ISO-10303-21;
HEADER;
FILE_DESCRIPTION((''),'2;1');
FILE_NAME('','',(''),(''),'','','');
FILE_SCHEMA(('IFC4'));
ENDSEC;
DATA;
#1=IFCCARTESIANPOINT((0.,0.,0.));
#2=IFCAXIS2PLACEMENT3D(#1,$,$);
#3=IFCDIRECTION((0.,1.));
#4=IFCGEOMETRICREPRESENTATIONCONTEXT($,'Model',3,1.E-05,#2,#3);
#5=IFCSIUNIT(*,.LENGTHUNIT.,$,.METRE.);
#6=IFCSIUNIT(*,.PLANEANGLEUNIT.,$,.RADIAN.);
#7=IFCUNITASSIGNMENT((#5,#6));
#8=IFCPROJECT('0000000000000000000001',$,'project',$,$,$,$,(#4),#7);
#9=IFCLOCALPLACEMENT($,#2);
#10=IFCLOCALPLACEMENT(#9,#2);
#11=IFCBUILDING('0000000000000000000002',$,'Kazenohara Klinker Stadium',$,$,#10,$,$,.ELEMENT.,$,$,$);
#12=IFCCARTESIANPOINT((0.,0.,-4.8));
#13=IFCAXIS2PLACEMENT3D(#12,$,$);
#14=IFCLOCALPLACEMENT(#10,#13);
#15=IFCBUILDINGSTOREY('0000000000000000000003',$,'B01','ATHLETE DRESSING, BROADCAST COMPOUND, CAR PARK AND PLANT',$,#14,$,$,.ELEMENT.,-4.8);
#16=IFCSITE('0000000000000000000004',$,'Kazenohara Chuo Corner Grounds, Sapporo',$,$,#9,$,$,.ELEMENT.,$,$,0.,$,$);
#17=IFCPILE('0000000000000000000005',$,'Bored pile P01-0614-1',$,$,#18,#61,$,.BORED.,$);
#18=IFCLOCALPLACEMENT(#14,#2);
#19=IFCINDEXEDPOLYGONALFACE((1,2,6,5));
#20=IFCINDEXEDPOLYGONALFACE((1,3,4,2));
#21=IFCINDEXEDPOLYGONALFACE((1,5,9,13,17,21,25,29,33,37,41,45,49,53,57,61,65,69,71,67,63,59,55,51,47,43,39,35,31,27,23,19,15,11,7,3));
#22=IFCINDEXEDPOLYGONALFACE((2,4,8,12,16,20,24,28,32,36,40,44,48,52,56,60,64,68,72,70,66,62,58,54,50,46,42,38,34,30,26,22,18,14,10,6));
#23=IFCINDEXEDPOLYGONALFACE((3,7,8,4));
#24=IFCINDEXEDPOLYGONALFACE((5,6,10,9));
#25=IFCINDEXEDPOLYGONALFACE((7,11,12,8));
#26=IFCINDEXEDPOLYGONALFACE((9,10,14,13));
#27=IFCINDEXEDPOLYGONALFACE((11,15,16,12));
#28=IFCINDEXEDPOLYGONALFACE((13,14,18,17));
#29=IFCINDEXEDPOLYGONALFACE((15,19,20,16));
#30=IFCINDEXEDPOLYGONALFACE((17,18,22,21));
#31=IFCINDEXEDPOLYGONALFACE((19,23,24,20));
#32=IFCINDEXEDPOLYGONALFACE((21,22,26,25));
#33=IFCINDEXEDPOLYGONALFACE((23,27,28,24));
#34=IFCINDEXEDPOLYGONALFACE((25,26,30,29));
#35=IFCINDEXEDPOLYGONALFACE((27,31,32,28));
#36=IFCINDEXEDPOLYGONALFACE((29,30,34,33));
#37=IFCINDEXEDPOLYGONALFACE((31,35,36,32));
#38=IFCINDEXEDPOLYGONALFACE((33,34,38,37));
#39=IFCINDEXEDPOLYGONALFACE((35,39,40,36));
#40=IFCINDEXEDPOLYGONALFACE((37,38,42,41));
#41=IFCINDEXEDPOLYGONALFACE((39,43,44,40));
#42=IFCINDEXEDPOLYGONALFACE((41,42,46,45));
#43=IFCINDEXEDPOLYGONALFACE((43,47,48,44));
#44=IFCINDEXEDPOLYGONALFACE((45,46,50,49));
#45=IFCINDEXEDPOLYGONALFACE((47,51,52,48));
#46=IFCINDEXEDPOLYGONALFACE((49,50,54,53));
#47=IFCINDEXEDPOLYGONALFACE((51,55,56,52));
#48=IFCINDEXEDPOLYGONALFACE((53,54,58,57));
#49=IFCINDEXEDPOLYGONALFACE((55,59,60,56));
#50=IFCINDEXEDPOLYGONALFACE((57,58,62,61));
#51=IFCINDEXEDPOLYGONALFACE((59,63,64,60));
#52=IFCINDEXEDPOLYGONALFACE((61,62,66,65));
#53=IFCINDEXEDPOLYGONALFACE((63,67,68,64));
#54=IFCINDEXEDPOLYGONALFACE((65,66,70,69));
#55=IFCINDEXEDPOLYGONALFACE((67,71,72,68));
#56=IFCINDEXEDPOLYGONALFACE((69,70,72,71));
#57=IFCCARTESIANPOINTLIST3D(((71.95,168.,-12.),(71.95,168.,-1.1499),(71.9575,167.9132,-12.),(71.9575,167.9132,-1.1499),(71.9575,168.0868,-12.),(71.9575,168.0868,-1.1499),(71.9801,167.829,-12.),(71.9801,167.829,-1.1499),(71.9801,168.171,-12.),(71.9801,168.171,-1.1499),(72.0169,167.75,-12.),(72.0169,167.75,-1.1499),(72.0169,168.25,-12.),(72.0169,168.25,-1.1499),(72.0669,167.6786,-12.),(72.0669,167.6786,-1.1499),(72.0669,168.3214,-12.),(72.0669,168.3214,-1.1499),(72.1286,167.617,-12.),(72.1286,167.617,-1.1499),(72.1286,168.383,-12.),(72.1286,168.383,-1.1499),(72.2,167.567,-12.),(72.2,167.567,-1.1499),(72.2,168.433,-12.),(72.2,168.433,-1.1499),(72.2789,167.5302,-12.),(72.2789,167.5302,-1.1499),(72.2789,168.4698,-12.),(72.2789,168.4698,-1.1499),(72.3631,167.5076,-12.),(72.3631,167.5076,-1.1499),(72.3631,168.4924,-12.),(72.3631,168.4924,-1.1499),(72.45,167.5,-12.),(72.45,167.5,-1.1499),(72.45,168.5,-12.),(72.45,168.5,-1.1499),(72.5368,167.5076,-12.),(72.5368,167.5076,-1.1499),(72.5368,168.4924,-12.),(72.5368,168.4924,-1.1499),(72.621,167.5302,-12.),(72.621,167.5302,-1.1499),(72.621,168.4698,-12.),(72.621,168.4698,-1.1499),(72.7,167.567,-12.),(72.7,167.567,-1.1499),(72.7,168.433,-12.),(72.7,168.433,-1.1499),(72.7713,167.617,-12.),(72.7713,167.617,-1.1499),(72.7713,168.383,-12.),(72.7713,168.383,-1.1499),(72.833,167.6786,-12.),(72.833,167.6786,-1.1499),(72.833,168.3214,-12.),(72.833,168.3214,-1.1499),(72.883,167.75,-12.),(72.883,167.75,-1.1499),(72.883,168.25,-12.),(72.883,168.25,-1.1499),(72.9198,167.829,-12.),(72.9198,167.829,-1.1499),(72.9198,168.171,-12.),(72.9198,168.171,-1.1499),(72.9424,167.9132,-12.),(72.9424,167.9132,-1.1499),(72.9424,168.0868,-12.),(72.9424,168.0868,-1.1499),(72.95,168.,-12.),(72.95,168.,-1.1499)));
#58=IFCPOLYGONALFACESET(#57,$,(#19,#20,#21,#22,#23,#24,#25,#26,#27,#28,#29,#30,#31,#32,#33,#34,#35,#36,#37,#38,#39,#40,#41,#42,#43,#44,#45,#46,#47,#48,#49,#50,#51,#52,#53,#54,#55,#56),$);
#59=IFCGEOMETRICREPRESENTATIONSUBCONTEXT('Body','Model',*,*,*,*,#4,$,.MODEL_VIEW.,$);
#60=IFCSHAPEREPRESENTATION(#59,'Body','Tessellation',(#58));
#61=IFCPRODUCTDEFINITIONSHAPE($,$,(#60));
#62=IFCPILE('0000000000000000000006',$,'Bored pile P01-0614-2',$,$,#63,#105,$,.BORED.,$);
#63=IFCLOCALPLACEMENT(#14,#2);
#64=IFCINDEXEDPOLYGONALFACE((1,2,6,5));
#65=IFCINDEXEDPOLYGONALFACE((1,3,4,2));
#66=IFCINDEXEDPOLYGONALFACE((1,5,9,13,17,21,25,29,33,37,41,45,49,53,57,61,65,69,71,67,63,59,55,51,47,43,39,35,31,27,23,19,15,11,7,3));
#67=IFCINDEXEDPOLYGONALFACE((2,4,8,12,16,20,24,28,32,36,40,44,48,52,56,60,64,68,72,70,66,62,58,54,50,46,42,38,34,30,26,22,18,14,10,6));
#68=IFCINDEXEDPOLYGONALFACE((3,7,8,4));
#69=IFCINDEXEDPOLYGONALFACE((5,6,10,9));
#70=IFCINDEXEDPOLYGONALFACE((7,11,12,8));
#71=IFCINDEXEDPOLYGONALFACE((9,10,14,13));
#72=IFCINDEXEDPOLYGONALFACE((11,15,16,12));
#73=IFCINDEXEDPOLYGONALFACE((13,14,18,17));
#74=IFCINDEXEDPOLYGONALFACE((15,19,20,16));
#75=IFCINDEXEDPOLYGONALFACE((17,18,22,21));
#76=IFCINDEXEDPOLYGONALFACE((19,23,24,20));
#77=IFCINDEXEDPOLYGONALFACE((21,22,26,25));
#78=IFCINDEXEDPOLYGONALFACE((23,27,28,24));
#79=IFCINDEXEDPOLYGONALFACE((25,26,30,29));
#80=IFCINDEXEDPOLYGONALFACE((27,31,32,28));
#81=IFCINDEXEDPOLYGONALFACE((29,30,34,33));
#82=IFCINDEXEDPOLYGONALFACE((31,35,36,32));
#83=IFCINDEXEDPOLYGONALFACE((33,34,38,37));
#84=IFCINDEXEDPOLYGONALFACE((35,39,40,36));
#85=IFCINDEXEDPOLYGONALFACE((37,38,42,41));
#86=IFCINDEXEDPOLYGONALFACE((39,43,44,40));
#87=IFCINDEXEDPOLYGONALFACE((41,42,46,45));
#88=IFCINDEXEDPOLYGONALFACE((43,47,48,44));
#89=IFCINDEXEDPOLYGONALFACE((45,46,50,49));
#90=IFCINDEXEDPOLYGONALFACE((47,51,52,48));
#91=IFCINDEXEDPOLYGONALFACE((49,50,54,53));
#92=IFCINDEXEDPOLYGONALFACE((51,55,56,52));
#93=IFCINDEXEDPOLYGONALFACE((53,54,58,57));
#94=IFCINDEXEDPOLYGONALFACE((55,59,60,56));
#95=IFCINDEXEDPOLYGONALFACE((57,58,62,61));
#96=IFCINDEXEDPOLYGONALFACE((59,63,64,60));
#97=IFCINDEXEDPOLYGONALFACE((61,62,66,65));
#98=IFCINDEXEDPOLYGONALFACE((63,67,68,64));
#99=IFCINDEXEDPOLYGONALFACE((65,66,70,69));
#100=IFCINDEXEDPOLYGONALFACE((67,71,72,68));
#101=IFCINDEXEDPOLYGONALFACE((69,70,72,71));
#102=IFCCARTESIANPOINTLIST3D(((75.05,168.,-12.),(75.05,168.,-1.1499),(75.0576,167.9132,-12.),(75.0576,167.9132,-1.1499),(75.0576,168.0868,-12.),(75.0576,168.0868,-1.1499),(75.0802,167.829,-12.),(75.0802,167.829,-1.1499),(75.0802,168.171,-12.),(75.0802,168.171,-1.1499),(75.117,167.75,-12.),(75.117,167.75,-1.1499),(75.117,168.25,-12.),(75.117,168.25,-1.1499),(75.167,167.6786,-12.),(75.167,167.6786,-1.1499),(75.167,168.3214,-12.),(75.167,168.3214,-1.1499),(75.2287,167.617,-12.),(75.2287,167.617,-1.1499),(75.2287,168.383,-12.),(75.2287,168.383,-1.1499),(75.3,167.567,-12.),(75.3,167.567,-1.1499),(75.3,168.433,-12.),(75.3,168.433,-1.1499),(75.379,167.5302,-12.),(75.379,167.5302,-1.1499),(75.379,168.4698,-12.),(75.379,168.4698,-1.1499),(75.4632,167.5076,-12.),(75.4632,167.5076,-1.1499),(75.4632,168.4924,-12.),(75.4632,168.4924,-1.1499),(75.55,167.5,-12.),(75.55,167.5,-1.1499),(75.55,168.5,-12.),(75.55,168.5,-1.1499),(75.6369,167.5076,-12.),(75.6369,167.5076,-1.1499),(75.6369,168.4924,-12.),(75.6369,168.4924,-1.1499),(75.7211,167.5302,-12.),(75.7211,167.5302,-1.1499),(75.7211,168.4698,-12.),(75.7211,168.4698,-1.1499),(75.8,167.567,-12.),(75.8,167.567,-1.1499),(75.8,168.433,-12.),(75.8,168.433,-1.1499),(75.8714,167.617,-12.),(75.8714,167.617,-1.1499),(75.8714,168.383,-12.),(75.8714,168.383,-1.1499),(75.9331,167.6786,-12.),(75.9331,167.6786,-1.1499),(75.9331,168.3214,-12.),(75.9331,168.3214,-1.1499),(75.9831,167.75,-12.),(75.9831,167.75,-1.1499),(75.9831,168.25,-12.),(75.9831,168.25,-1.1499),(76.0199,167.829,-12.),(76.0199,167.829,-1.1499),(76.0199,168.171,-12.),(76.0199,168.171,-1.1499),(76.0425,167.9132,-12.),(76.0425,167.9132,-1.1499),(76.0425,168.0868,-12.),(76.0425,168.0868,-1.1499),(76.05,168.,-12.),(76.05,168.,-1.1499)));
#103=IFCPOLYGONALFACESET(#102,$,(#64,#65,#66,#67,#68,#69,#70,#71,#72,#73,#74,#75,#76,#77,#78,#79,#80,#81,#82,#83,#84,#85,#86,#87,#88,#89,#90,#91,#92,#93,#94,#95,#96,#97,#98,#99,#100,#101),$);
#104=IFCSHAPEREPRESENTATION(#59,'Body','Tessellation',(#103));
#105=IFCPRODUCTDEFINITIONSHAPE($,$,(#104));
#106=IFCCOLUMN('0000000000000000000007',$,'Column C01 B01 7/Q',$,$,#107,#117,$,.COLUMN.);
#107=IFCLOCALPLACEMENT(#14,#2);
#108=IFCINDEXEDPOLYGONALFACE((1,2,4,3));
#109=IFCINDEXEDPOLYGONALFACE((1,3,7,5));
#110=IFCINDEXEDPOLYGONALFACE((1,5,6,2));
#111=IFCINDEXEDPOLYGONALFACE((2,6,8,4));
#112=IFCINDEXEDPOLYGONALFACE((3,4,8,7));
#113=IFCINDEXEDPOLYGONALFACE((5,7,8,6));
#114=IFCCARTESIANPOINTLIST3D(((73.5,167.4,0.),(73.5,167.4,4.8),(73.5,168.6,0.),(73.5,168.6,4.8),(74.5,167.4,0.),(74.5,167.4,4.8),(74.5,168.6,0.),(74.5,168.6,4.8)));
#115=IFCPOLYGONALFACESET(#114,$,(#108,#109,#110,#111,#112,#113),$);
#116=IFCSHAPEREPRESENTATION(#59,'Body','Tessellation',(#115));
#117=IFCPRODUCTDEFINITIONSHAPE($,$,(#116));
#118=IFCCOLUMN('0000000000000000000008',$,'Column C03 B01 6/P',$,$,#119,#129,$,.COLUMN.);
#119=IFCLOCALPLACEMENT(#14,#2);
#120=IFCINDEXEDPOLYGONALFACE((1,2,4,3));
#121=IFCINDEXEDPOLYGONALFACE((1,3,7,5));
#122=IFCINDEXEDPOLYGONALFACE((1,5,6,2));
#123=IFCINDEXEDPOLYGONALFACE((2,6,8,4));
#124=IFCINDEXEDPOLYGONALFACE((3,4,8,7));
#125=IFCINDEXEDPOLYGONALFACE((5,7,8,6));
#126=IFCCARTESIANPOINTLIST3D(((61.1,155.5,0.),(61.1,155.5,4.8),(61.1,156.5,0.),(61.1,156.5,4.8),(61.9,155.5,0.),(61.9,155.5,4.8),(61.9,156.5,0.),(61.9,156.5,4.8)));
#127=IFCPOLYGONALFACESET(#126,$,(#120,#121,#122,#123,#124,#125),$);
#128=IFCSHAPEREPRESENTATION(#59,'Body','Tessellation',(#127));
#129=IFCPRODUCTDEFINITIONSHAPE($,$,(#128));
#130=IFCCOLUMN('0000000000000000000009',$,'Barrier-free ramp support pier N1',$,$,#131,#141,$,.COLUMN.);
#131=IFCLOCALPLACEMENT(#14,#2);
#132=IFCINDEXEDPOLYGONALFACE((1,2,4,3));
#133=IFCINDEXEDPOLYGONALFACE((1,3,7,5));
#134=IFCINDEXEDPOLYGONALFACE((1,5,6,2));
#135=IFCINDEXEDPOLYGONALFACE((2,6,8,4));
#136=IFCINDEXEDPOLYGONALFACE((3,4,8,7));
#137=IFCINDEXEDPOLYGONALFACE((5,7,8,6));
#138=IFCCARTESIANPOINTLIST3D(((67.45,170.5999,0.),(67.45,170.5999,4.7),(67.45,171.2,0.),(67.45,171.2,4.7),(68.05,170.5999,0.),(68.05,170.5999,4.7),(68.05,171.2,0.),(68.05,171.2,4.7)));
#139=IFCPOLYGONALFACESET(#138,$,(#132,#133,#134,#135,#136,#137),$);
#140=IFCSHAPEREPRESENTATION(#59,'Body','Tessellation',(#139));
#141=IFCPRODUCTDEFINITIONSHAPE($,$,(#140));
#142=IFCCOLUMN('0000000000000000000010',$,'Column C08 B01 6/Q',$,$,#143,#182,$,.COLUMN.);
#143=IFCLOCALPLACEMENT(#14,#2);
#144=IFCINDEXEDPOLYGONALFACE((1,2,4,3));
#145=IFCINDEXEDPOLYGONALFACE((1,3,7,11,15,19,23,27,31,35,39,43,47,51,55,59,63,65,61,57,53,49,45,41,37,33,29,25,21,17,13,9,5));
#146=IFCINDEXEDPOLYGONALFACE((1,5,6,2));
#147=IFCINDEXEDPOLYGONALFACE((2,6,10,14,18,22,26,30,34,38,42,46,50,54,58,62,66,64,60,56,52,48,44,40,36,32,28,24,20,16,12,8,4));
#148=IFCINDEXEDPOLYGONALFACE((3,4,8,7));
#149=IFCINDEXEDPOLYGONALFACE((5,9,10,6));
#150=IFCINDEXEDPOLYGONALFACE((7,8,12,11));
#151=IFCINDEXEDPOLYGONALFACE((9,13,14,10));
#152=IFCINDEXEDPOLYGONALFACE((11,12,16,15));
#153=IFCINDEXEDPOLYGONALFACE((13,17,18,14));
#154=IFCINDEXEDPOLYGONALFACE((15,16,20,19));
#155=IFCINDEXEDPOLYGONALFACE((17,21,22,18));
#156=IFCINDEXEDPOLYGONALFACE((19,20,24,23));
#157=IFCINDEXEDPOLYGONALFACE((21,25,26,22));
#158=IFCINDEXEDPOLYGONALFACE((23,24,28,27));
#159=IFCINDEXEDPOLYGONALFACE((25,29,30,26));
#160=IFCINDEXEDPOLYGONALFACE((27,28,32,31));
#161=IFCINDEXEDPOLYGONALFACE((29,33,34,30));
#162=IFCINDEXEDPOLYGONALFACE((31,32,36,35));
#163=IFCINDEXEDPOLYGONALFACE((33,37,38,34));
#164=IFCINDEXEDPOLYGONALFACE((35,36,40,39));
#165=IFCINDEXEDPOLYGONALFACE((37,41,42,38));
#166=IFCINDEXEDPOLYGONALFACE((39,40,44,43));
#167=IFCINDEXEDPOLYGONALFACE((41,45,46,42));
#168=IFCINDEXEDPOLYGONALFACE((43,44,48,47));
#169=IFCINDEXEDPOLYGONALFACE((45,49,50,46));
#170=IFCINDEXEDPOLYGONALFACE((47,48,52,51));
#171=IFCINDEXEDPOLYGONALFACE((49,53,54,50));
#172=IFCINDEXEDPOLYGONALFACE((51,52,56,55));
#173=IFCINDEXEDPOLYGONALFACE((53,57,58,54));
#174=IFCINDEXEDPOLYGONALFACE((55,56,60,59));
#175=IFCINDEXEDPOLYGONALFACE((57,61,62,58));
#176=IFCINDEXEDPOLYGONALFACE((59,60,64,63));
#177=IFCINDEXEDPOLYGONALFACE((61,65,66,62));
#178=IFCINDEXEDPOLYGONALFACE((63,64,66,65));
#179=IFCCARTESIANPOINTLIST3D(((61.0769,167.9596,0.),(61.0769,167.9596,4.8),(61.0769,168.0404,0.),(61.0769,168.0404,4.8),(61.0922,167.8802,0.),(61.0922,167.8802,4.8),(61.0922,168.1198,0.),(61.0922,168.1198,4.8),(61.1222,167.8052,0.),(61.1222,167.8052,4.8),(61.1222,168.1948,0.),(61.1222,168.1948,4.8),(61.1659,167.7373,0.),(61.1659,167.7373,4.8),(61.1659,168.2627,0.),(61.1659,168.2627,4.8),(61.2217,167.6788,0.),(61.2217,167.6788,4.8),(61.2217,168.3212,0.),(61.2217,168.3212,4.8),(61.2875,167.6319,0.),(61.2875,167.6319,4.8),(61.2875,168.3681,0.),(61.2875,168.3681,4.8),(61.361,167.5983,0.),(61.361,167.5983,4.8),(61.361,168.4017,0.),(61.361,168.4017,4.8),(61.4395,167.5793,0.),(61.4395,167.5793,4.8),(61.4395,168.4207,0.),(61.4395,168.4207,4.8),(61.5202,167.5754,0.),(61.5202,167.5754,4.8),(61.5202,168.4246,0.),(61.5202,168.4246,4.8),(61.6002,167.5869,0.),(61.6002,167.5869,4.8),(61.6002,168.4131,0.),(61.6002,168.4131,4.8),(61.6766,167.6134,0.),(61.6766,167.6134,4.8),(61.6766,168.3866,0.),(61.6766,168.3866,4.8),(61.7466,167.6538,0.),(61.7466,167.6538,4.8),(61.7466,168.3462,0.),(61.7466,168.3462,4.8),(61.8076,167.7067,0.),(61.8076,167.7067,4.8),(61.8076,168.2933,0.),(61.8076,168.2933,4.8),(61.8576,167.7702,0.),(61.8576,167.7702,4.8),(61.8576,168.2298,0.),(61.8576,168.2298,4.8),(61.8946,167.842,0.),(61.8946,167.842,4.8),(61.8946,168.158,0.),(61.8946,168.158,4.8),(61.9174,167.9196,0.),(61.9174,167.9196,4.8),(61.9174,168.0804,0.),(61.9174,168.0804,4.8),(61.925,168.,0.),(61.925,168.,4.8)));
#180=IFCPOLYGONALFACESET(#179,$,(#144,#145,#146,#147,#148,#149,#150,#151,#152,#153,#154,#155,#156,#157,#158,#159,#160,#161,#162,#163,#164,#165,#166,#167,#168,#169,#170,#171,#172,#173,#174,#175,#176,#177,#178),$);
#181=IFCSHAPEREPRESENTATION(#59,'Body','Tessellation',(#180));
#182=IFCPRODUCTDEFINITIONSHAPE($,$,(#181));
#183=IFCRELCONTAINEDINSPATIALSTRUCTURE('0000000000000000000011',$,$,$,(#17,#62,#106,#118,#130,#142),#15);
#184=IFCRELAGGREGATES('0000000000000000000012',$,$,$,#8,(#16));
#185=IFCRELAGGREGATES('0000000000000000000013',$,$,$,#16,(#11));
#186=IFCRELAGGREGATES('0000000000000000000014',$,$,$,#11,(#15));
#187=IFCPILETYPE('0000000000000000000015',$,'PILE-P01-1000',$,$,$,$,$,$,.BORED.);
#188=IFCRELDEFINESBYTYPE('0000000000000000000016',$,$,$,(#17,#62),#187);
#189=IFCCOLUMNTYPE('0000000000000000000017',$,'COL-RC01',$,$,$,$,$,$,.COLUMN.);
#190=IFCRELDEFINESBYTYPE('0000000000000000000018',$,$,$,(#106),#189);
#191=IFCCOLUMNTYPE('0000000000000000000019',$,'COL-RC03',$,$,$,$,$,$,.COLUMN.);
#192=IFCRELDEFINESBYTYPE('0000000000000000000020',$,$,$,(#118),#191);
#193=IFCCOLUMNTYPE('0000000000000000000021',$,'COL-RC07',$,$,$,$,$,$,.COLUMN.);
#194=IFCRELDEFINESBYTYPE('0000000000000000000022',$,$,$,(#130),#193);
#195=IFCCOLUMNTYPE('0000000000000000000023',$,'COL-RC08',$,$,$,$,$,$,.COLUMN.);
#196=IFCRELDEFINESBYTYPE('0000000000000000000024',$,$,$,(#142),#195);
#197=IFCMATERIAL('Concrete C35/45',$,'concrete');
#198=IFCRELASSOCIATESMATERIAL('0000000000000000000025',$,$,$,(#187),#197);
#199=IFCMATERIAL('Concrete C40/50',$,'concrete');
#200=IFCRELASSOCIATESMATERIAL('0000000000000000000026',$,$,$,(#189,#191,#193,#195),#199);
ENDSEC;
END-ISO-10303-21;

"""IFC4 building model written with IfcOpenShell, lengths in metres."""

from ifc_helpers import new_model, si_unit, direction, frame, origin, origin_2d, place, context, subcontext, project, spatial, rectangle, circle, extrude, material, material_profile, profile_set, type_object, element, save


model = new_model("IFC4")

# Units and contexts
model_context = context("Model", 3, precision=1e-05, world=origin(), true_north=direction((0.0, 1.0)))
body_context = subcontext(model_context, "Body", "Model", "MODEL_VIEW")
ifc_project = project(units=[si_unit("LENGTHUNIT", "METRE"), si_unit("PLANEANGLEUNIT", "RADIAN")], contexts=[model_context])

# Site, building, storey
site_placement = place(None, origin())
site = spatial("IfcSite", under=ifc_project, at=site_placement, Name="Kazenohara Chuo Corner Grounds, Sapporo", CompositionType="ELEMENT", RefElevation=0.0)
building_placement = place(site_placement, origin())
building = spatial("IfcBuilding", under=site, at=building_placement, Name="Kazenohara Klinker Stadium", CompositionType="ELEMENT")
storey_placement = place(building_placement, frame((0.0, 0.0, -4.8)))
storey = spatial("IfcBuildingStorey", under=building, at=storey_placement, Name="B01", Description="ATHLETE DRESSING, BROADCAST COMPOUND, CAR PARK AND PLANT", CompositionType="ELEMENT", Elevation=-4.8)

# Shared definitions
ifc_material_1 = material(Name="Concrete C35/45", Category="concrete")

# Piles
ifc_material_profile_1 = material_profile(ifc_material_1, circle(Radius=0.5, at=origin_2d()), Name="BORED-PILE-1000")
ifc_profile_set_1 = profile_set([ifc_material_profile_1], Name="Concrete C35/45")
pile_type = type_object("IfcPileType", Name="PILE-P01-1000", PredefinedType="BORED", material=ifc_profile_set_1)
for number, where, z_axis, x_axis, name in (
    (1, (72.45, 168.0, -1.1499), (0.0, 0.0, -1.0), (1.0, 0.0, 0.0), "Bored pile P01-0614-1"),
    (2, (75.55, 168.0, -1.1499), (0.0, 0.0, -1.0), (1.0, 0.0, 0.0), "Bored pile P01-0614-2"),
):
    element("IfcPile", number, at=place(storey_placement, frame(where, z_axis=z_axis, x_axis=x_axis)), inside=storey, type_object=pile_type, Name=name, PredefinedType="BORED", context=body_context, shape_type="SweptSolid", body=[
        extrude(circle(Radius=0.5, at=origin_2d()), origin(), (0.0, 0.0, 1.0), 10.8501),
    ])

# Columns
ifc_material_2 = material(Name="Concrete C40/50", Category="concrete")
ifc_material_profile_2 = material_profile(ifc_material_2, rectangle(XDim=1.0, YDim=1.2, at=origin_2d()), Name="RC-COL-1200x1000")
ifc_profile_set_2 = profile_set([ifc_material_profile_2], Name="Concrete C40/50")
column_type_1 = type_object("IfcColumnType", Name="COL-RC01", PredefinedType="COLUMN", material=ifc_profile_set_2)
column_1_placement = place(storey_placement, frame((74.0, 168.0, 0.0), z_axis=(0.0, 0.0, 1.0), x_axis=(1.0, 0.0, 0.0)))
element("IfcColumn", 3, at=column_1_placement, inside=storey, type_object=column_type_1, Name="Column C01 B01 7/Q", PredefinedType="COLUMN", context=body_context, shape_type="SweptSolid", body=[
    extrude(rectangle(XDim=1.0, YDim=1.2, at=origin_2d()), origin(), (0.0, 0.0, 1.0), 4.8),
])
ifc_material_profile_3 = material_profile(ifc_material_2, rectangle(XDim=0.8, YDim=1.0, at=origin_2d()), Name="RC-COL-1000x800")
ifc_profile_set_3 = profile_set([ifc_material_profile_3], Name="Concrete C40/50")
column_type_2 = type_object("IfcColumnType", Name="COL-RC03", PredefinedType="COLUMN", material=ifc_profile_set_3)
column_2_placement = place(storey_placement, frame((61.5, 156.0, 0.0), z_axis=(0.0, 0.0, 1.0), x_axis=(1.0, 0.0, 0.0)))
element("IfcColumn", 4, at=column_2_placement, inside=storey, type_object=column_type_2, Name="Column C03 B01 6/P", PredefinedType="COLUMN", context=body_context, shape_type="SweptSolid", body=[
    extrude(rectangle(XDim=0.8, YDim=1.0, at=origin_2d()), origin(), (0.0, 0.0, 1.0), 4.8),
])
ifc_material_profile_4 = material_profile(ifc_material_2, rectangle(XDim=0.6001, YDim=0.6001, at=origin_2d()), Name="RC-COL-600x600")
ifc_profile_set_4 = profile_set([ifc_material_profile_4], Name="Concrete C40/50")
column_type_3 = type_object("IfcColumnType", Name="COL-RC07", PredefinedType="COLUMN", material=ifc_profile_set_4)
column_3_placement = place(storey_placement, frame((67.75, 170.8999, 0.0), z_axis=(0.0, 0.0, 1.0), x_axis=(1.0, 0.0, 0.0)))
element("IfcColumn", 5, at=column_3_placement, inside=storey, type_object=column_type_3, Name="Barrier-free ramp support pier N1", PredefinedType="COLUMN", context=body_context, shape_type="SweptSolid", body=[
    extrude(rectangle(XDim=0.6001, YDim=0.6001, at=origin_2d()), origin(), (0.0, 0.0, 1.0), 4.7),
])
ifc_material_profile_5 = material_profile(ifc_material_2, circle(Radius=0.425, at=origin_2d()), Name="RC-COL-D850")
ifc_profile_set_5 = profile_set([ifc_material_profile_5], Name="Concrete C40/50")
column_type_4 = type_object("IfcColumnType", Name="COL-RC08", PredefinedType="COLUMN", material=ifc_profile_set_5)
for number, where, z_axis, x_axis, name in (
    (6, (61.5, 168.0, 0.0), (0.0, 0.0, 1.0), (1.0, 0.0, 0.0), "Column C08 B01 6/Q"),
):
    element("IfcColumn", number, at=place(storey_placement, frame(where, z_axis=z_axis, x_axis=x_axis)), inside=storey, type_object=column_type_4, Name=name, PredefinedType="COLUMN", context=body_context, shape_type="SweptSolid", body=[
        extrude(circle(Radius=0.425, at=origin_2d()), origin(), (0.0, 0.0, 1.0), 4.8),
    ])

save(model, "model.ifc")
